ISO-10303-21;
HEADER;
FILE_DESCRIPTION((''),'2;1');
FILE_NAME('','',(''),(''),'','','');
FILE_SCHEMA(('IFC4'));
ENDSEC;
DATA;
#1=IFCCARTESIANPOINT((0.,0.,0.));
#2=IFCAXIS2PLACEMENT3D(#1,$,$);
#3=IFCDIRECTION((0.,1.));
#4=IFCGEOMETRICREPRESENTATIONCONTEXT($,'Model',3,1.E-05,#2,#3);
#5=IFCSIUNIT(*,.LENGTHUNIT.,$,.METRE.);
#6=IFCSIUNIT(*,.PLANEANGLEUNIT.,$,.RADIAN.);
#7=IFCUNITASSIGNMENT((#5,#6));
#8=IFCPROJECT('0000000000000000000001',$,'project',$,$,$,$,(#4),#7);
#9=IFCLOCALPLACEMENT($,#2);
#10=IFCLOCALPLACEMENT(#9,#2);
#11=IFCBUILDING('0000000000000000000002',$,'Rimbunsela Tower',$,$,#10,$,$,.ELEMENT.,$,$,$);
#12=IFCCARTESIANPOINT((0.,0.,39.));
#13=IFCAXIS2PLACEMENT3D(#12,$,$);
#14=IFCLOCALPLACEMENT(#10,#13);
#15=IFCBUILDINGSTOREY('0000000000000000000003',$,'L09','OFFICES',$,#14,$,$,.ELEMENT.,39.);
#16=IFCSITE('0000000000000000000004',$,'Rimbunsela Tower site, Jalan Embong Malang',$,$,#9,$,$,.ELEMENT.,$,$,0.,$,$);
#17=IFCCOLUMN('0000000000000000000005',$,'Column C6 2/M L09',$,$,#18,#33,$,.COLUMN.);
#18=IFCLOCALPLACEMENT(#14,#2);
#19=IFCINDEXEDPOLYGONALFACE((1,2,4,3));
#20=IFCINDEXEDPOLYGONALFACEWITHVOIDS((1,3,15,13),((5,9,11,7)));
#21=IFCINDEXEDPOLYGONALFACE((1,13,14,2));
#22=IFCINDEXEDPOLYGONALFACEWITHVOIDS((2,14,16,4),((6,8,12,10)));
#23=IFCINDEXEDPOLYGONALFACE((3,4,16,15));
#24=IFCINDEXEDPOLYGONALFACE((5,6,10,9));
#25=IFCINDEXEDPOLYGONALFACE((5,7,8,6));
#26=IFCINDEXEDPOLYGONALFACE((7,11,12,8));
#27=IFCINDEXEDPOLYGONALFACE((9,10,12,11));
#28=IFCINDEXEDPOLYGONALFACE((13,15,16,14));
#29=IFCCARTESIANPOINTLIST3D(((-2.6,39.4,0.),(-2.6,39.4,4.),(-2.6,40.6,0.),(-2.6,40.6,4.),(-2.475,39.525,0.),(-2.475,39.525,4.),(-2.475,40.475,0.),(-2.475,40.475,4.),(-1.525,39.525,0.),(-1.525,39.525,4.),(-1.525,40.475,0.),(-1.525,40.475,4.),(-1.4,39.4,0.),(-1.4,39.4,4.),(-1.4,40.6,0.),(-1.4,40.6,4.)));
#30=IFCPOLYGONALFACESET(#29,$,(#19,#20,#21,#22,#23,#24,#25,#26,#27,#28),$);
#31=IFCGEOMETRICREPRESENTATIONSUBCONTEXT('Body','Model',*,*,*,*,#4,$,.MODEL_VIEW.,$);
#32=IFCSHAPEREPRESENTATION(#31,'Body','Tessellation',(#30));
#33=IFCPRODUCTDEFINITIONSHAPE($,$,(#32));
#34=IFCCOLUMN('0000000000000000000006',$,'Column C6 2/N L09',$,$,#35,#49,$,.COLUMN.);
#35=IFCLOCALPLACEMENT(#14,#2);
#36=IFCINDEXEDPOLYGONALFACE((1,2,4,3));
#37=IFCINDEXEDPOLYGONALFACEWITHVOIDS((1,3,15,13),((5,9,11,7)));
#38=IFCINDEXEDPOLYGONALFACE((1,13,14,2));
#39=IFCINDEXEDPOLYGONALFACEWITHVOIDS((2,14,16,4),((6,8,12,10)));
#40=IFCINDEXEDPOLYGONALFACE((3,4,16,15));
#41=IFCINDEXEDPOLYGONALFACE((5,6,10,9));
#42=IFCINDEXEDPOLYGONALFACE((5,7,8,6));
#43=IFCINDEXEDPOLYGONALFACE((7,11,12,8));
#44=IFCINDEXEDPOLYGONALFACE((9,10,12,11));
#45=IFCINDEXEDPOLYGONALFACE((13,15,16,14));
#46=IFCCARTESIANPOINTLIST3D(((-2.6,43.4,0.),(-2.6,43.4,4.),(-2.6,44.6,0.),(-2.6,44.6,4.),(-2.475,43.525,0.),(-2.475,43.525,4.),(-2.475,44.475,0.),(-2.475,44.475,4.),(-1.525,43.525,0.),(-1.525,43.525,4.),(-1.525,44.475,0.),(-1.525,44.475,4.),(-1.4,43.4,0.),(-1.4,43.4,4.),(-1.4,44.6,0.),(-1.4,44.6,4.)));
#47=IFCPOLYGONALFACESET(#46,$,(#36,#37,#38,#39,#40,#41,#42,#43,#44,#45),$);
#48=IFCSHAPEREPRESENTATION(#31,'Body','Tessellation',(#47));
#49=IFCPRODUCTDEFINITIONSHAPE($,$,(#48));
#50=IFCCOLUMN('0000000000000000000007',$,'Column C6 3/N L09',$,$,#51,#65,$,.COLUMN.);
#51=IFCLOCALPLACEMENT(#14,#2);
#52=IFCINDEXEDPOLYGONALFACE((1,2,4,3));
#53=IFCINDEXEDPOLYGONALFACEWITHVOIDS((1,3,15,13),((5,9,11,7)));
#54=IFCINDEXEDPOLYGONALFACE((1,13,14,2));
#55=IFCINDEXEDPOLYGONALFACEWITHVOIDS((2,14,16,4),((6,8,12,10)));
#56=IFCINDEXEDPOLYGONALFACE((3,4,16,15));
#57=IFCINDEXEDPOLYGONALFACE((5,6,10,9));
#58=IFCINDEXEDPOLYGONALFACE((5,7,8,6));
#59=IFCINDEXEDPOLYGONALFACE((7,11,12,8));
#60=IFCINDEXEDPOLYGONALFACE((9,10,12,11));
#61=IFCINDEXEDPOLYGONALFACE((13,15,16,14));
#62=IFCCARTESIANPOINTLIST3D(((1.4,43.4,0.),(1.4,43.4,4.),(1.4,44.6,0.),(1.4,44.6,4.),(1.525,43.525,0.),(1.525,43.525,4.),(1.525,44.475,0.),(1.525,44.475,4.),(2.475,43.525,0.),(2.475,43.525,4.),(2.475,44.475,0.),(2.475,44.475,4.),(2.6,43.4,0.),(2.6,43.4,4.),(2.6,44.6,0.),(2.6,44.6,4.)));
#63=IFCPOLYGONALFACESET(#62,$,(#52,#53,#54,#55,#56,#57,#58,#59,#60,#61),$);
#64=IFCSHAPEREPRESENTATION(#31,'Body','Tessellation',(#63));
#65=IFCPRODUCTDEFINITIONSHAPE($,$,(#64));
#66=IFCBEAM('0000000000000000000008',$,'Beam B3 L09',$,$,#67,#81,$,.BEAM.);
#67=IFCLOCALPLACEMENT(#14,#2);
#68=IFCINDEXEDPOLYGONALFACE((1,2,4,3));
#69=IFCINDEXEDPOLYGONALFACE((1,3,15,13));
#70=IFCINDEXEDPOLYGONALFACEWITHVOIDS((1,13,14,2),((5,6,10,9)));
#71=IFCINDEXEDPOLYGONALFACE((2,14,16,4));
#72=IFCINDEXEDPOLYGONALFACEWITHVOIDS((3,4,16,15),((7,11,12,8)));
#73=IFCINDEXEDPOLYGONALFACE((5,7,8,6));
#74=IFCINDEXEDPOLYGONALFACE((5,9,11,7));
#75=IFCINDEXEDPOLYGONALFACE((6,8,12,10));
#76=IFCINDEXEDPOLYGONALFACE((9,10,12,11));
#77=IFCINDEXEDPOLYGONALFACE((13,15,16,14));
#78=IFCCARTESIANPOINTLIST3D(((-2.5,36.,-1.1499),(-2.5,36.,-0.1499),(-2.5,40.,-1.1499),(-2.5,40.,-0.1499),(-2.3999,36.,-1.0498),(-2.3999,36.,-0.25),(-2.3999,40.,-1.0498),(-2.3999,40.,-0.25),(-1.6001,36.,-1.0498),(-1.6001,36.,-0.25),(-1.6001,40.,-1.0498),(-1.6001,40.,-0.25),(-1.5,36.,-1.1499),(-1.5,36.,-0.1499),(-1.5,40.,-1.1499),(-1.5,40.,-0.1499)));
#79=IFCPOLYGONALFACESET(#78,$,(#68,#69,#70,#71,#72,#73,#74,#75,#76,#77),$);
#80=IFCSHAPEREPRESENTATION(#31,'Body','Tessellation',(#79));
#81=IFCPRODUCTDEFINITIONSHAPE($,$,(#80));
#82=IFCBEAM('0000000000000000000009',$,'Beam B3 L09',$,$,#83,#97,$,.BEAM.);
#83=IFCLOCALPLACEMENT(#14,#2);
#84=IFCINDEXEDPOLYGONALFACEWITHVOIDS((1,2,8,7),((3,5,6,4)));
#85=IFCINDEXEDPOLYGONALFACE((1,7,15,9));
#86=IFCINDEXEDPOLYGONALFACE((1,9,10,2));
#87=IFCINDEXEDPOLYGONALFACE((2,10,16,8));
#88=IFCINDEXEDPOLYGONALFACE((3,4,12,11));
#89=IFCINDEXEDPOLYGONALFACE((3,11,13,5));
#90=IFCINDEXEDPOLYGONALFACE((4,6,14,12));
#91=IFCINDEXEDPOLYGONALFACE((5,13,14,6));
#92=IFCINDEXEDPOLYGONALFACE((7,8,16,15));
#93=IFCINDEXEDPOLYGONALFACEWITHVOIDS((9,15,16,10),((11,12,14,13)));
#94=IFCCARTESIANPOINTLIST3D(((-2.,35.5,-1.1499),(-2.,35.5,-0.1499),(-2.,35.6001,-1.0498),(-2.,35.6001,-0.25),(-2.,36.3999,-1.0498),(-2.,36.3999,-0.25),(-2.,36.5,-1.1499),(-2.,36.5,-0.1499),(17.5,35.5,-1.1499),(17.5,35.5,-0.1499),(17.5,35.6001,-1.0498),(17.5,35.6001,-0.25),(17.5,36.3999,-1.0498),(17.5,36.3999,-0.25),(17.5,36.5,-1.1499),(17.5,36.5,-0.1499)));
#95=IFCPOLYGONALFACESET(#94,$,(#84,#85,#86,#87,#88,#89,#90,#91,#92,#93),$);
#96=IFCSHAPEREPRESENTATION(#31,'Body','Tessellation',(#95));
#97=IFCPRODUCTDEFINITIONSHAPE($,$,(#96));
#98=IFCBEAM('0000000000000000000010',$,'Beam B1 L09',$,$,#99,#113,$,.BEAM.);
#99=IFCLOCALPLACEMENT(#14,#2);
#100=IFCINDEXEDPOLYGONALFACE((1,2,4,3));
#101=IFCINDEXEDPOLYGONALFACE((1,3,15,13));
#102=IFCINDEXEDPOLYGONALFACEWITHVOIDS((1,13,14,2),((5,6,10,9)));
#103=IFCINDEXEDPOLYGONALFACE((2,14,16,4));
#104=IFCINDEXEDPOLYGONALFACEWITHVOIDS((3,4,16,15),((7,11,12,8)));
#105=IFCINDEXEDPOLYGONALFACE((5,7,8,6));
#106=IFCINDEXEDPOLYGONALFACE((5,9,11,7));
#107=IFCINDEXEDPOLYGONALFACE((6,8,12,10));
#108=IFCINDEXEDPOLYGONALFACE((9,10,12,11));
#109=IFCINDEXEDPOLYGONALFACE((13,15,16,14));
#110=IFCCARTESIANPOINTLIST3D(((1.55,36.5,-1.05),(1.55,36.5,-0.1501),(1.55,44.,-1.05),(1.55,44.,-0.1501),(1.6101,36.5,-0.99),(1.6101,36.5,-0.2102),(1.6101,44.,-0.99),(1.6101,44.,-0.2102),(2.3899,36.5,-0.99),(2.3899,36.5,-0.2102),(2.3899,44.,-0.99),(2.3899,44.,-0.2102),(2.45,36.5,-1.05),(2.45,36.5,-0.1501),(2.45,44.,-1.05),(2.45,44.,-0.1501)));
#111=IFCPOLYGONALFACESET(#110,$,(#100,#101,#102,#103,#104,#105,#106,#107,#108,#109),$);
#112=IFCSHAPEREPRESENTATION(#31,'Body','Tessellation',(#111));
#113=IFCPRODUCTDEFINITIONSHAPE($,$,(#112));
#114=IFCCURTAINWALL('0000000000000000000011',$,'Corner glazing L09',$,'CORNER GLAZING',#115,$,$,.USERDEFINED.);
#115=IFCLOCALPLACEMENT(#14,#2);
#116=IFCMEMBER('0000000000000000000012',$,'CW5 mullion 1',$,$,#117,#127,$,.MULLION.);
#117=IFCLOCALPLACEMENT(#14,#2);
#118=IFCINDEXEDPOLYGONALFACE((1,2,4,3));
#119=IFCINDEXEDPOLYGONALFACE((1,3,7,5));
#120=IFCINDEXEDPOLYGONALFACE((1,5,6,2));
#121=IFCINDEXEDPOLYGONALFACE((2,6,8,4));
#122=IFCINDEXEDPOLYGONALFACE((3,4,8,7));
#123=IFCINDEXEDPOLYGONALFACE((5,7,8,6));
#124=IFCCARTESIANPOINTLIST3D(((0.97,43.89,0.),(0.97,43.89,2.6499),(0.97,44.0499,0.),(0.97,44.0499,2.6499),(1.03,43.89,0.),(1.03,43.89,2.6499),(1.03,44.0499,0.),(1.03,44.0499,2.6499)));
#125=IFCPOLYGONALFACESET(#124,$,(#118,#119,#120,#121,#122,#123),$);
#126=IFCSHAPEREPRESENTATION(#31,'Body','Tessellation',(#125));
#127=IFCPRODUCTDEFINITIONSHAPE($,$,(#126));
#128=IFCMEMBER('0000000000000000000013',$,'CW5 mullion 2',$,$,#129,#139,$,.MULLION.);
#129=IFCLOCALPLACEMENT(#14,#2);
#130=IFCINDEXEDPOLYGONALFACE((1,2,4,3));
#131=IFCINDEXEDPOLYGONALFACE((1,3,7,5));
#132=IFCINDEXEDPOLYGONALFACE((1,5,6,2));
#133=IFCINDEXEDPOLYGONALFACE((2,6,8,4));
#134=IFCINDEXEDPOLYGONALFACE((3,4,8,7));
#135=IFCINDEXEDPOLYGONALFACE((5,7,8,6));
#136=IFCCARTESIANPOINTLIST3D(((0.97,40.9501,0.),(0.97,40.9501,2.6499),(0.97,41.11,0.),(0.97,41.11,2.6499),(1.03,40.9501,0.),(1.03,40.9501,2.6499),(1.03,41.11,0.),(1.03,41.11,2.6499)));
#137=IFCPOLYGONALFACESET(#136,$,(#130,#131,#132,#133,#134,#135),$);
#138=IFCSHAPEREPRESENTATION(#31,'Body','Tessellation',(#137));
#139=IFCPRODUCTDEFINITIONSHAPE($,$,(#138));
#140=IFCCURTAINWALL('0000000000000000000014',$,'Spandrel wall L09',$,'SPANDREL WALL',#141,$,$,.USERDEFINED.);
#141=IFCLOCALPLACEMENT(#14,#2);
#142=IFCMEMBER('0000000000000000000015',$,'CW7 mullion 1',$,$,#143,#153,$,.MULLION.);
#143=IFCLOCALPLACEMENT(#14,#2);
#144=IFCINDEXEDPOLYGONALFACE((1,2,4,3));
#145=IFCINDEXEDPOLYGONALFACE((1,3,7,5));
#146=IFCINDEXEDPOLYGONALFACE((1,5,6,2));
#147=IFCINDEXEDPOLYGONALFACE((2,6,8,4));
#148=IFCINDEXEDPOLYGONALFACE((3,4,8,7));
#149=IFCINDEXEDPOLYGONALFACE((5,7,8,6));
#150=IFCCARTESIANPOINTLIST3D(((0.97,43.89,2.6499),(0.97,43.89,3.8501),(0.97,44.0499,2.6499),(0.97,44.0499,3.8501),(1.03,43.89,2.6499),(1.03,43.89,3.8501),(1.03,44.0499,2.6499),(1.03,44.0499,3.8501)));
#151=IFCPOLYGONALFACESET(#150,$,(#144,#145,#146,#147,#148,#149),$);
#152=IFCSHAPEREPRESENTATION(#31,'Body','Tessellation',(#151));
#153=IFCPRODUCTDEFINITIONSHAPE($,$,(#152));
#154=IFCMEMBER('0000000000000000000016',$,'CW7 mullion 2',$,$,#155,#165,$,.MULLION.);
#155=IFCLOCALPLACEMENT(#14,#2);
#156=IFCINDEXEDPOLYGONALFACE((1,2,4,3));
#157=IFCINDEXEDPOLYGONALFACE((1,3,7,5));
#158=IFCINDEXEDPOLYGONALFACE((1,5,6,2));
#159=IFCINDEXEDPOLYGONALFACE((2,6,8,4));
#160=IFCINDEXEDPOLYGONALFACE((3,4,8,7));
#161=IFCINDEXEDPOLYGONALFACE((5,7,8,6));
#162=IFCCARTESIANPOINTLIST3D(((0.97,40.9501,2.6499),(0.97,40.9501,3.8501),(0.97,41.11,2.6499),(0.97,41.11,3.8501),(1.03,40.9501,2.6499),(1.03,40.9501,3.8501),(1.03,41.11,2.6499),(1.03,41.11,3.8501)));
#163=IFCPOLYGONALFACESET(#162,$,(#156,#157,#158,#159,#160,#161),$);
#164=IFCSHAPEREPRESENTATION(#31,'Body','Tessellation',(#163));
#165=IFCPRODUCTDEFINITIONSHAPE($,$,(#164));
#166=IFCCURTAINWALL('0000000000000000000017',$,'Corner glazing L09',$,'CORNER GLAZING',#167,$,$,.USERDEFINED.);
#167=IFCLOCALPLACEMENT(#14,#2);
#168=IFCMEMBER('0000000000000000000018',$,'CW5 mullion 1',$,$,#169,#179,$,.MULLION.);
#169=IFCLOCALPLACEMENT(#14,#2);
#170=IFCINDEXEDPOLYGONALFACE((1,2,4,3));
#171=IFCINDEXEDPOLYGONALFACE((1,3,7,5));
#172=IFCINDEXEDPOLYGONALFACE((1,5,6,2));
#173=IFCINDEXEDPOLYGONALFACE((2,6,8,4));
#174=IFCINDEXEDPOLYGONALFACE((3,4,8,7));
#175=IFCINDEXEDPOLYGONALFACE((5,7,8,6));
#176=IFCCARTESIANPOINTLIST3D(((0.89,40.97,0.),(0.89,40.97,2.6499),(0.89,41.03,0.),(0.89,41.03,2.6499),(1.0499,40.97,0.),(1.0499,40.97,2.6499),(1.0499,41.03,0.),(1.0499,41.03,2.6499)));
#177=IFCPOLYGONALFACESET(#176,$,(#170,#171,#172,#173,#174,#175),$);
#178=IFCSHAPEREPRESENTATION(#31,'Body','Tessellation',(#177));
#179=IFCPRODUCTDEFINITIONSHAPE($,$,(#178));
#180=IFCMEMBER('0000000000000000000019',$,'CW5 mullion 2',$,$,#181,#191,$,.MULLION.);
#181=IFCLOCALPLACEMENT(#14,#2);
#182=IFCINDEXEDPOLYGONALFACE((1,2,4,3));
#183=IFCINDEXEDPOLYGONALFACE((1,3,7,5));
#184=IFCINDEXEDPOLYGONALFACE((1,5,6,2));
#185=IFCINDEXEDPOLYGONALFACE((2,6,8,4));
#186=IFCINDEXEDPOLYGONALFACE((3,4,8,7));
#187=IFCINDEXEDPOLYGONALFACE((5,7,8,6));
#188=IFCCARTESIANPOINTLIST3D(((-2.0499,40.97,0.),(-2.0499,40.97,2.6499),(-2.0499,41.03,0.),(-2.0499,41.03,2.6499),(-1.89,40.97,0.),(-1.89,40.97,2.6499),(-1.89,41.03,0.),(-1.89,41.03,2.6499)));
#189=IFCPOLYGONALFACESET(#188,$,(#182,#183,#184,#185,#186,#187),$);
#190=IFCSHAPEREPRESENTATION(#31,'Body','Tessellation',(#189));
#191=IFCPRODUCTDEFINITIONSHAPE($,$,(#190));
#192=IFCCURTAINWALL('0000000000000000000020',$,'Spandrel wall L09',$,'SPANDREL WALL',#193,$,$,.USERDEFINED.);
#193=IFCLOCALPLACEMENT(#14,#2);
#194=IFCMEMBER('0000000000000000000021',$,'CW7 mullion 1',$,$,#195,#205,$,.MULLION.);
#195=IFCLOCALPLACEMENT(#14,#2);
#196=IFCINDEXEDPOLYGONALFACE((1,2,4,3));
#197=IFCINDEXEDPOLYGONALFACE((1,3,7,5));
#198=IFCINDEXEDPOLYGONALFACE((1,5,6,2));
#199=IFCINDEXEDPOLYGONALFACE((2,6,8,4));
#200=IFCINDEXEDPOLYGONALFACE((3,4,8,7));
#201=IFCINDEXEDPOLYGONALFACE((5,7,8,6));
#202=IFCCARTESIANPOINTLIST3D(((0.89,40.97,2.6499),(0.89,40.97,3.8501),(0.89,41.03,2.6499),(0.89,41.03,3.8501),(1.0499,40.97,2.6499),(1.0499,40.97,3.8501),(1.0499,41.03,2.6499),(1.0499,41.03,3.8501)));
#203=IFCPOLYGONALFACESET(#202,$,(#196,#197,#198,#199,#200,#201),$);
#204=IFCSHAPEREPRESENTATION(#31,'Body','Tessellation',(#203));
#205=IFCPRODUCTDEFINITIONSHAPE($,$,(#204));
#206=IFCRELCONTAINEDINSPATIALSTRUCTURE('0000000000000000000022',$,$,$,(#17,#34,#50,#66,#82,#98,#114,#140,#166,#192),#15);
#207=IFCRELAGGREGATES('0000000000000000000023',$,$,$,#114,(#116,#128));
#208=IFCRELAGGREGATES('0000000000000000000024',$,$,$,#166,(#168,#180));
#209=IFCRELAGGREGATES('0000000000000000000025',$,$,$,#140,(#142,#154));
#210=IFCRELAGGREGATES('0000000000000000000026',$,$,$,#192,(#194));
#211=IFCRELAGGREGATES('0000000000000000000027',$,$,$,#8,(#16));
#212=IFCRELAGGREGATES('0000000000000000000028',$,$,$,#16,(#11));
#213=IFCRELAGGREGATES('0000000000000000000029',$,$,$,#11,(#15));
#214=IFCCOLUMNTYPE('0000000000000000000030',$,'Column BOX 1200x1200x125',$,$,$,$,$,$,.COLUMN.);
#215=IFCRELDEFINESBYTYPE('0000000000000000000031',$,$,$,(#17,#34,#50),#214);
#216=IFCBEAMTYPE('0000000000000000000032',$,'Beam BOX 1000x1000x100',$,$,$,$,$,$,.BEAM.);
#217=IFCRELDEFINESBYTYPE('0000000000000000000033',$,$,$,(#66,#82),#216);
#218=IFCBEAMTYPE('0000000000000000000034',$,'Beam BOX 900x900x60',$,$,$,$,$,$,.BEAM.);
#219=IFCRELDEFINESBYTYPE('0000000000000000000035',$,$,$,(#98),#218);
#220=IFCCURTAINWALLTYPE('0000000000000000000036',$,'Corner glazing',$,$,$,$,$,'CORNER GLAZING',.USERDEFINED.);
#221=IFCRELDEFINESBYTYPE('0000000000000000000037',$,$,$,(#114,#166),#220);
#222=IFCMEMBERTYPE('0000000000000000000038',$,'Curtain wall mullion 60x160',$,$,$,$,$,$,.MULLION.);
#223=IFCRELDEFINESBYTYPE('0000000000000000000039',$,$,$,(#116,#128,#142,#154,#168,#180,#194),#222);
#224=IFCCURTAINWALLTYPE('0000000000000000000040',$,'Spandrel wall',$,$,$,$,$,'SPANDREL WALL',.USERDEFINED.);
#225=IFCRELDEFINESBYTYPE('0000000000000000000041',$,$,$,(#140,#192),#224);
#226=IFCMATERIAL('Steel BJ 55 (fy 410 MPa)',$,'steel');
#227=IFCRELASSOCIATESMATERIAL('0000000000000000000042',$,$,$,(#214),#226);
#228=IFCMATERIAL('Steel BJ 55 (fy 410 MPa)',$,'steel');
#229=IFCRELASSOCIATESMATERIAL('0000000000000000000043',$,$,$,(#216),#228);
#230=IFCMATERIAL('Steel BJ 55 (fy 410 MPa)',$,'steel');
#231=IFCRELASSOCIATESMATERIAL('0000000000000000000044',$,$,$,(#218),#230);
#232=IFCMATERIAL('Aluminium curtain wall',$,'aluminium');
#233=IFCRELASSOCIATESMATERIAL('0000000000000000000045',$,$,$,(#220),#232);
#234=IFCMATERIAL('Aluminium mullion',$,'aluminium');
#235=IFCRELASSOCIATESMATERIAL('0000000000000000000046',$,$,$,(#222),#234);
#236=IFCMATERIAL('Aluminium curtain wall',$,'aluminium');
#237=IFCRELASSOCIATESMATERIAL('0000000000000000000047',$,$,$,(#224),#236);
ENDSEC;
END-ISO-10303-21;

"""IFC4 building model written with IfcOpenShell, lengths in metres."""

from ifc_helpers import new_model, si_unit, direction, frame, origin, origin_2d, place, context, subcontext, project, spatial, rectangle, hollow_rectangle, extrude, material, material_profile, profile_set, type_object, element, aggregate, save


model = new_model("IFC4")

# Units and contexts
model_context = context("Model", 3, precision=1e-05, world=origin(), true_north=direction((0.0, 1.0)))
body_context = subcontext(model_context, "Body", "Model", "MODEL_VIEW")
ifc_project = project(units=[si_unit("LENGTHUNIT", "METRE"), si_unit("PLANEANGLEUNIT", "RADIAN")], contexts=[model_context])

# Site, building, storey
site_placement = place(None, origin())
site = spatial("IfcSite", under=ifc_project, at=site_placement, Name="Rimbunsela Tower site, Jalan Embong Malang", CompositionType="ELEMENT", RefElevation=0.0)
building_placement = place(site_placement, origin())
building = spatial("IfcBuilding", under=site, at=building_placement, Name="Rimbunsela Tower", CompositionType="ELEMENT")
storey_placement = place(building_placement, frame((0.0, 0.0, 39.0)))
storey = spatial("IfcBuildingStorey", under=building, at=storey_placement, Name="L09", Description="OFFICES", CompositionType="ELEMENT", Elevation=39.0)

# Columns
ifc_material_1 = material(Name="Steel BJ 55 (fy 410 MPa)", Category="steel")
ifc_material_profile_1 = material_profile(ifc_material_1, hollow_rectangle(XDim=1.2, YDim=1.2, WallThickness=0.125, at=origin_2d()), Name="BOX 1200x1200x125")
ifc_profile_set_1 = profile_set([ifc_material_profile_1], Name="Steel BJ 55 (fy 410 MPa)")
column_type = type_object("IfcColumnType", Name="Column BOX 1200x1200x125", PredefinedType="COLUMN", material=ifc_profile_set_1)
for number, where, z_axis, x_axis, name in (
    (1, (-2.0, 40.0, 0.0), (0.0, 0.0, 1.0), (1.0, 0.0, 0.0), "Column C6 2/M L09"),
    (2, (-2.0, 44.0, 0.0), (0.0, 0.0, 1.0), (1.0, 0.0, 0.0), "Column C6 2/N L09"),
    (3, (2.0, 44.0, 0.0), (0.0, 0.0, 1.0), (1.0, 0.0, 0.0), "Column C6 3/N L09"),
):
    element("IfcColumn", number, at=place(storey_placement, frame(where, z_axis=z_axis, x_axis=x_axis)), inside=storey, type_object=column_type, Name=name, PredefinedType="COLUMN", context=body_context, shape_type="SweptSolid", body=[
        extrude(hollow_rectangle(XDim=1.2, YDim=1.2, WallThickness=0.125, at=origin_2d()), origin(), (0.0, 0.0, 1.0), 4.0),
    ])

# Beams
ifc_material_2 = material(Name="Steel BJ 55 (fy 410 MPa)", Category="steel")
ifc_material_profile_2 = material_profile(ifc_material_2, hollow_rectangle(XDim=1.0, YDim=1.0, WallThickness=0.1001, at=origin_2d()), Name="BOX 1000x1000x100")
ifc_profile_set_2 = profile_set([ifc_material_profile_2], Name="Steel BJ 55 (fy 410 MPa)")
beam_type_1 = type_object("IfcBeamType", Name="Beam BOX 1000x1000x100", PredefinedType="BEAM", material=ifc_profile_set_2)
beam_1_placement = place(storey_placement, frame((-2.0, 36.0, -0.6499), z_axis=(0.0, 1.0, 0.0), x_axis=(-1.0, 0.0, 0.0)))
element("IfcBeam", 4, at=beam_1_placement, inside=storey, type_object=beam_type_1, Name="Beam B3 L09", PredefinedType="BEAM", context=body_context, shape_type="SweptSolid", body=[
    extrude(hollow_rectangle(XDim=1.0, YDim=1.0, WallThickness=0.1001, at=origin_2d()), origin(), (0.0, 0.0, 1.0), 4.0),
])
beam_2_placement = place(storey_placement, frame((-2.0, 36.0, -0.6499), z_axis=(1.0, 0.0, 0.0), x_axis=(0.0, 1.0, 0.0)))
element("IfcBeam", 5, at=beam_2_placement, inside=storey, type_object=beam_type_1, Name="Beam B3 L09", PredefinedType="BEAM", context=body_context, shape_type="SweptSolid", body=[
    extrude(hollow_rectangle(XDim=1.0, YDim=1.0, WallThickness=0.1001, at=origin_2d()), origin(), (0.0, 0.0, 1.0), 19.5),
])
ifc_material_3 = material(Name="Steel BJ 55 (fy 410 MPa)", Category="steel")
ifc_material_profile_3 = material_profile(ifc_material_3, hollow_rectangle(XDim=0.8999, YDim=0.8999, WallThickness=0.0601, at=origin_2d()), Name="BOX 900x900x60")
ifc_profile_set_3 = profile_set([ifc_material_profile_3], Name="Steel BJ 55 (fy 410 MPa)")
beam_type_2 = type_object("IfcBeamType", Name="Beam BOX 900x900x60", PredefinedType="BEAM", material=ifc_profile_set_3)
beam_3_placement = place(storey_placement, frame((2.0, 36.5, -0.6001), z_axis=(0.0, 1.0, 0.0), x_axis=(-1.0, 0.0, 0.0)))
element("IfcBeam", 6, at=beam_3_placement, inside=storey, type_object=beam_type_2, Name="Beam B1 L09", PredefinedType="BEAM", context=body_context, shape_type="SweptSolid", body=[
    extrude(hollow_rectangle(XDim=0.8999, YDim=0.8999, WallThickness=0.0601, at=origin_2d()), origin(), (0.0, 0.0, 1.0), 7.5),
])

# Curtain walls, members
ifc_material_4 = material(Name="Aluminium curtain wall", Category="aluminium")
curtain_wall_type_1 = type_object("IfcCurtainWallType", Name="Corner glazing", ElementType="CORNER GLAZING", PredefinedType="USERDEFINED", material=ifc_material_4)
curtain_wall_1_placement = place(storey_placement, origin())
curtain_wall_1 = element("IfcCurtainWall", 7, at=curtain_wall_1_placement, inside=storey, type_object=curtain_wall_type_1, Name="Corner glazing L09", ObjectType="CORNER GLAZING", PredefinedType="USERDEFINED")
ifc_material_5 = material(Name="Aluminium mullion", Category="aluminium")
ifc_material_profile_4 = material_profile(ifc_material_5, rectangle(XDim=0.0601, YDim=0.1599, at=origin_2d()), Name="Mullion 60x160")
ifc_profile_set_4 = profile_set([ifc_material_profile_4], Name="Aluminium mullion")
member_type_1 = type_object("IfcMemberType", Name="Curtain wall mullion 60x160", PredefinedType="MULLION", material=ifc_profile_set_4)
member_1_placement = place(storey_placement, frame((1.0, 43.97, 0.0), z_axis=(0.0, 0.0, 1.0), x_axis=(1.0, 0.0, 0.0)))
member_1 = element("IfcMember", 8, at=member_1_placement, type_object=member_type_1, Name="CW5 mullion 1", PredefinedType="MULLION", context=body_context, shape_type="SweptSolid", body=[
    extrude(rectangle(XDim=0.0601, YDim=0.1599, at=origin_2d()), origin(), (0.0, 0.0, 1.0), 2.6499),
])
member_2_placement = place(storey_placement, frame((1.0, 41.03, 0.0), z_axis=(0.0, 0.0, 1.0), x_axis=(1.0, 0.0, 0.0)))
member_2 = element("IfcMember", 9, at=member_2_placement, type_object=member_type_1, Name="CW5 mullion 2", PredefinedType="MULLION", context=body_context, shape_type="SweptSolid", body=[
    extrude(rectangle(XDim=0.0601, YDim=0.1599, at=origin_2d()), origin(), (0.0, 0.0, 1.0), 2.6499),
])
ifc_material_6 = material(Name="Aluminium curtain wall", Category="aluminium")
curtain_wall_type_2 = type_object("IfcCurtainWallType", Name="Spandrel wall", ElementType="SPANDREL WALL", PredefinedType="USERDEFINED", material=ifc_material_6)
curtain_wall_2_placement = place(storey_placement, origin())
curtain_wall_2 = element("IfcCurtainWall", 10, at=curtain_wall_2_placement, inside=storey, type_object=curtain_wall_type_2, Name="Spandrel wall L09", ObjectType="SPANDREL WALL", PredefinedType="USERDEFINED")
member_3_placement = place(storey_placement, frame((1.0, 43.97, 2.6499), z_axis=(0.0, 0.0, 1.0), x_axis=(1.0, 0.0, 0.0)))
member_3 = element("IfcMember", 11, at=member_3_placement, type_object=member_type_1, Name="CW7 mullion 1", PredefinedType="MULLION", context=body_context, shape_type="SweptSolid", body=[
    extrude(rectangle(XDim=0.0601, YDim=0.1599, at=origin_2d()), origin(), (0.0, 0.0, 1.0), 1.2002),
])
member_4_placement = place(storey_placement, frame((1.0, 41.03, 2.6499), z_axis=(0.0, 0.0, 1.0), x_axis=(1.0, 0.0, 0.0)))
member_4 = element("IfcMember", 12, at=member_4_placement, type_object=member_type_1, Name="CW7 mullion 2", PredefinedType="MULLION", context=body_context, shape_type="SweptSolid", body=[
    extrude(rectangle(XDim=0.0601, YDim=0.1599, at=origin_2d()), origin(), (0.0, 0.0, 1.0), 1.2002),
])
curtain_wall_3_placement = place(storey_placement, origin())
curtain_wall_3 = element("IfcCurtainWall", 13, at=curtain_wall_3_placement, inside=storey, type_object=curtain_wall_type_1, Name="Corner glazing L09", ObjectType="CORNER GLAZING", PredefinedType="USERDEFINED")
member_5_placement = place(storey_placement, frame((0.97, 41.0, 0.0), z_axis=(0.0, 0.0, 1.0), x_axis=(0.0, -1.0, 0.0)))
member_5 = element("IfcMember", 14, at=member_5_placement, type_object=member_type_1, Name="CW5 mullion 1", PredefinedType="MULLION", context=body_context, shape_type="SweptSolid", body=[
    extrude(rectangle(XDim=0.0601, YDim=0.1599, at=origin_2d()), origin(), (0.0, 0.0, 1.0), 2.6499),
])
member_6_placement = place(storey_placement, frame((-1.97, 41.0, 0.0), z_axis=(0.0, 0.0, 1.0), x_axis=(0.0, -1.0, 0.0)))
member_6 = element("IfcMember", 15, at=member_6_placement, type_object=member_type_1, Name="CW5 mullion 2", PredefinedType="MULLION", context=body_context, shape_type="SweptSolid", body=[
    extrude(rectangle(XDim=0.0601, YDim=0.1599, at=origin_2d()), origin(), (0.0, 0.0, 1.0), 2.6499),
])
curtain_wall_4_placement = place(storey_placement, origin())
curtain_wall_4 = element("IfcCurtainWall", 16, at=curtain_wall_4_placement, inside=storey, type_object=curtain_wall_type_2, Name="Spandrel wall L09", ObjectType="SPANDREL WALL", PredefinedType="USERDEFINED")
member_7_placement = place(storey_placement, frame((0.97, 41.0, 2.6499), z_axis=(0.0, 0.0, 1.0), x_axis=(0.0, -1.0, 0.0)))
member_7 = element("IfcMember", 17, at=member_7_placement, type_object=member_type_1, Name="CW7 mullion 1", PredefinedType="MULLION", context=body_context, shape_type="SweptSolid", body=[
    extrude(rectangle(XDim=0.0601, YDim=0.1599, at=origin_2d()), origin(), (0.0, 0.0, 1.0), 1.2002),
])

aggregate(curtain_wall_1, [member_1, member_2])
aggregate(curtain_wall_3, [member_5, member_6])
aggregate(curtain_wall_2, [member_3, member_4])
aggregate(curtain_wall_4, [member_7])

save(model, "model.ifc")
